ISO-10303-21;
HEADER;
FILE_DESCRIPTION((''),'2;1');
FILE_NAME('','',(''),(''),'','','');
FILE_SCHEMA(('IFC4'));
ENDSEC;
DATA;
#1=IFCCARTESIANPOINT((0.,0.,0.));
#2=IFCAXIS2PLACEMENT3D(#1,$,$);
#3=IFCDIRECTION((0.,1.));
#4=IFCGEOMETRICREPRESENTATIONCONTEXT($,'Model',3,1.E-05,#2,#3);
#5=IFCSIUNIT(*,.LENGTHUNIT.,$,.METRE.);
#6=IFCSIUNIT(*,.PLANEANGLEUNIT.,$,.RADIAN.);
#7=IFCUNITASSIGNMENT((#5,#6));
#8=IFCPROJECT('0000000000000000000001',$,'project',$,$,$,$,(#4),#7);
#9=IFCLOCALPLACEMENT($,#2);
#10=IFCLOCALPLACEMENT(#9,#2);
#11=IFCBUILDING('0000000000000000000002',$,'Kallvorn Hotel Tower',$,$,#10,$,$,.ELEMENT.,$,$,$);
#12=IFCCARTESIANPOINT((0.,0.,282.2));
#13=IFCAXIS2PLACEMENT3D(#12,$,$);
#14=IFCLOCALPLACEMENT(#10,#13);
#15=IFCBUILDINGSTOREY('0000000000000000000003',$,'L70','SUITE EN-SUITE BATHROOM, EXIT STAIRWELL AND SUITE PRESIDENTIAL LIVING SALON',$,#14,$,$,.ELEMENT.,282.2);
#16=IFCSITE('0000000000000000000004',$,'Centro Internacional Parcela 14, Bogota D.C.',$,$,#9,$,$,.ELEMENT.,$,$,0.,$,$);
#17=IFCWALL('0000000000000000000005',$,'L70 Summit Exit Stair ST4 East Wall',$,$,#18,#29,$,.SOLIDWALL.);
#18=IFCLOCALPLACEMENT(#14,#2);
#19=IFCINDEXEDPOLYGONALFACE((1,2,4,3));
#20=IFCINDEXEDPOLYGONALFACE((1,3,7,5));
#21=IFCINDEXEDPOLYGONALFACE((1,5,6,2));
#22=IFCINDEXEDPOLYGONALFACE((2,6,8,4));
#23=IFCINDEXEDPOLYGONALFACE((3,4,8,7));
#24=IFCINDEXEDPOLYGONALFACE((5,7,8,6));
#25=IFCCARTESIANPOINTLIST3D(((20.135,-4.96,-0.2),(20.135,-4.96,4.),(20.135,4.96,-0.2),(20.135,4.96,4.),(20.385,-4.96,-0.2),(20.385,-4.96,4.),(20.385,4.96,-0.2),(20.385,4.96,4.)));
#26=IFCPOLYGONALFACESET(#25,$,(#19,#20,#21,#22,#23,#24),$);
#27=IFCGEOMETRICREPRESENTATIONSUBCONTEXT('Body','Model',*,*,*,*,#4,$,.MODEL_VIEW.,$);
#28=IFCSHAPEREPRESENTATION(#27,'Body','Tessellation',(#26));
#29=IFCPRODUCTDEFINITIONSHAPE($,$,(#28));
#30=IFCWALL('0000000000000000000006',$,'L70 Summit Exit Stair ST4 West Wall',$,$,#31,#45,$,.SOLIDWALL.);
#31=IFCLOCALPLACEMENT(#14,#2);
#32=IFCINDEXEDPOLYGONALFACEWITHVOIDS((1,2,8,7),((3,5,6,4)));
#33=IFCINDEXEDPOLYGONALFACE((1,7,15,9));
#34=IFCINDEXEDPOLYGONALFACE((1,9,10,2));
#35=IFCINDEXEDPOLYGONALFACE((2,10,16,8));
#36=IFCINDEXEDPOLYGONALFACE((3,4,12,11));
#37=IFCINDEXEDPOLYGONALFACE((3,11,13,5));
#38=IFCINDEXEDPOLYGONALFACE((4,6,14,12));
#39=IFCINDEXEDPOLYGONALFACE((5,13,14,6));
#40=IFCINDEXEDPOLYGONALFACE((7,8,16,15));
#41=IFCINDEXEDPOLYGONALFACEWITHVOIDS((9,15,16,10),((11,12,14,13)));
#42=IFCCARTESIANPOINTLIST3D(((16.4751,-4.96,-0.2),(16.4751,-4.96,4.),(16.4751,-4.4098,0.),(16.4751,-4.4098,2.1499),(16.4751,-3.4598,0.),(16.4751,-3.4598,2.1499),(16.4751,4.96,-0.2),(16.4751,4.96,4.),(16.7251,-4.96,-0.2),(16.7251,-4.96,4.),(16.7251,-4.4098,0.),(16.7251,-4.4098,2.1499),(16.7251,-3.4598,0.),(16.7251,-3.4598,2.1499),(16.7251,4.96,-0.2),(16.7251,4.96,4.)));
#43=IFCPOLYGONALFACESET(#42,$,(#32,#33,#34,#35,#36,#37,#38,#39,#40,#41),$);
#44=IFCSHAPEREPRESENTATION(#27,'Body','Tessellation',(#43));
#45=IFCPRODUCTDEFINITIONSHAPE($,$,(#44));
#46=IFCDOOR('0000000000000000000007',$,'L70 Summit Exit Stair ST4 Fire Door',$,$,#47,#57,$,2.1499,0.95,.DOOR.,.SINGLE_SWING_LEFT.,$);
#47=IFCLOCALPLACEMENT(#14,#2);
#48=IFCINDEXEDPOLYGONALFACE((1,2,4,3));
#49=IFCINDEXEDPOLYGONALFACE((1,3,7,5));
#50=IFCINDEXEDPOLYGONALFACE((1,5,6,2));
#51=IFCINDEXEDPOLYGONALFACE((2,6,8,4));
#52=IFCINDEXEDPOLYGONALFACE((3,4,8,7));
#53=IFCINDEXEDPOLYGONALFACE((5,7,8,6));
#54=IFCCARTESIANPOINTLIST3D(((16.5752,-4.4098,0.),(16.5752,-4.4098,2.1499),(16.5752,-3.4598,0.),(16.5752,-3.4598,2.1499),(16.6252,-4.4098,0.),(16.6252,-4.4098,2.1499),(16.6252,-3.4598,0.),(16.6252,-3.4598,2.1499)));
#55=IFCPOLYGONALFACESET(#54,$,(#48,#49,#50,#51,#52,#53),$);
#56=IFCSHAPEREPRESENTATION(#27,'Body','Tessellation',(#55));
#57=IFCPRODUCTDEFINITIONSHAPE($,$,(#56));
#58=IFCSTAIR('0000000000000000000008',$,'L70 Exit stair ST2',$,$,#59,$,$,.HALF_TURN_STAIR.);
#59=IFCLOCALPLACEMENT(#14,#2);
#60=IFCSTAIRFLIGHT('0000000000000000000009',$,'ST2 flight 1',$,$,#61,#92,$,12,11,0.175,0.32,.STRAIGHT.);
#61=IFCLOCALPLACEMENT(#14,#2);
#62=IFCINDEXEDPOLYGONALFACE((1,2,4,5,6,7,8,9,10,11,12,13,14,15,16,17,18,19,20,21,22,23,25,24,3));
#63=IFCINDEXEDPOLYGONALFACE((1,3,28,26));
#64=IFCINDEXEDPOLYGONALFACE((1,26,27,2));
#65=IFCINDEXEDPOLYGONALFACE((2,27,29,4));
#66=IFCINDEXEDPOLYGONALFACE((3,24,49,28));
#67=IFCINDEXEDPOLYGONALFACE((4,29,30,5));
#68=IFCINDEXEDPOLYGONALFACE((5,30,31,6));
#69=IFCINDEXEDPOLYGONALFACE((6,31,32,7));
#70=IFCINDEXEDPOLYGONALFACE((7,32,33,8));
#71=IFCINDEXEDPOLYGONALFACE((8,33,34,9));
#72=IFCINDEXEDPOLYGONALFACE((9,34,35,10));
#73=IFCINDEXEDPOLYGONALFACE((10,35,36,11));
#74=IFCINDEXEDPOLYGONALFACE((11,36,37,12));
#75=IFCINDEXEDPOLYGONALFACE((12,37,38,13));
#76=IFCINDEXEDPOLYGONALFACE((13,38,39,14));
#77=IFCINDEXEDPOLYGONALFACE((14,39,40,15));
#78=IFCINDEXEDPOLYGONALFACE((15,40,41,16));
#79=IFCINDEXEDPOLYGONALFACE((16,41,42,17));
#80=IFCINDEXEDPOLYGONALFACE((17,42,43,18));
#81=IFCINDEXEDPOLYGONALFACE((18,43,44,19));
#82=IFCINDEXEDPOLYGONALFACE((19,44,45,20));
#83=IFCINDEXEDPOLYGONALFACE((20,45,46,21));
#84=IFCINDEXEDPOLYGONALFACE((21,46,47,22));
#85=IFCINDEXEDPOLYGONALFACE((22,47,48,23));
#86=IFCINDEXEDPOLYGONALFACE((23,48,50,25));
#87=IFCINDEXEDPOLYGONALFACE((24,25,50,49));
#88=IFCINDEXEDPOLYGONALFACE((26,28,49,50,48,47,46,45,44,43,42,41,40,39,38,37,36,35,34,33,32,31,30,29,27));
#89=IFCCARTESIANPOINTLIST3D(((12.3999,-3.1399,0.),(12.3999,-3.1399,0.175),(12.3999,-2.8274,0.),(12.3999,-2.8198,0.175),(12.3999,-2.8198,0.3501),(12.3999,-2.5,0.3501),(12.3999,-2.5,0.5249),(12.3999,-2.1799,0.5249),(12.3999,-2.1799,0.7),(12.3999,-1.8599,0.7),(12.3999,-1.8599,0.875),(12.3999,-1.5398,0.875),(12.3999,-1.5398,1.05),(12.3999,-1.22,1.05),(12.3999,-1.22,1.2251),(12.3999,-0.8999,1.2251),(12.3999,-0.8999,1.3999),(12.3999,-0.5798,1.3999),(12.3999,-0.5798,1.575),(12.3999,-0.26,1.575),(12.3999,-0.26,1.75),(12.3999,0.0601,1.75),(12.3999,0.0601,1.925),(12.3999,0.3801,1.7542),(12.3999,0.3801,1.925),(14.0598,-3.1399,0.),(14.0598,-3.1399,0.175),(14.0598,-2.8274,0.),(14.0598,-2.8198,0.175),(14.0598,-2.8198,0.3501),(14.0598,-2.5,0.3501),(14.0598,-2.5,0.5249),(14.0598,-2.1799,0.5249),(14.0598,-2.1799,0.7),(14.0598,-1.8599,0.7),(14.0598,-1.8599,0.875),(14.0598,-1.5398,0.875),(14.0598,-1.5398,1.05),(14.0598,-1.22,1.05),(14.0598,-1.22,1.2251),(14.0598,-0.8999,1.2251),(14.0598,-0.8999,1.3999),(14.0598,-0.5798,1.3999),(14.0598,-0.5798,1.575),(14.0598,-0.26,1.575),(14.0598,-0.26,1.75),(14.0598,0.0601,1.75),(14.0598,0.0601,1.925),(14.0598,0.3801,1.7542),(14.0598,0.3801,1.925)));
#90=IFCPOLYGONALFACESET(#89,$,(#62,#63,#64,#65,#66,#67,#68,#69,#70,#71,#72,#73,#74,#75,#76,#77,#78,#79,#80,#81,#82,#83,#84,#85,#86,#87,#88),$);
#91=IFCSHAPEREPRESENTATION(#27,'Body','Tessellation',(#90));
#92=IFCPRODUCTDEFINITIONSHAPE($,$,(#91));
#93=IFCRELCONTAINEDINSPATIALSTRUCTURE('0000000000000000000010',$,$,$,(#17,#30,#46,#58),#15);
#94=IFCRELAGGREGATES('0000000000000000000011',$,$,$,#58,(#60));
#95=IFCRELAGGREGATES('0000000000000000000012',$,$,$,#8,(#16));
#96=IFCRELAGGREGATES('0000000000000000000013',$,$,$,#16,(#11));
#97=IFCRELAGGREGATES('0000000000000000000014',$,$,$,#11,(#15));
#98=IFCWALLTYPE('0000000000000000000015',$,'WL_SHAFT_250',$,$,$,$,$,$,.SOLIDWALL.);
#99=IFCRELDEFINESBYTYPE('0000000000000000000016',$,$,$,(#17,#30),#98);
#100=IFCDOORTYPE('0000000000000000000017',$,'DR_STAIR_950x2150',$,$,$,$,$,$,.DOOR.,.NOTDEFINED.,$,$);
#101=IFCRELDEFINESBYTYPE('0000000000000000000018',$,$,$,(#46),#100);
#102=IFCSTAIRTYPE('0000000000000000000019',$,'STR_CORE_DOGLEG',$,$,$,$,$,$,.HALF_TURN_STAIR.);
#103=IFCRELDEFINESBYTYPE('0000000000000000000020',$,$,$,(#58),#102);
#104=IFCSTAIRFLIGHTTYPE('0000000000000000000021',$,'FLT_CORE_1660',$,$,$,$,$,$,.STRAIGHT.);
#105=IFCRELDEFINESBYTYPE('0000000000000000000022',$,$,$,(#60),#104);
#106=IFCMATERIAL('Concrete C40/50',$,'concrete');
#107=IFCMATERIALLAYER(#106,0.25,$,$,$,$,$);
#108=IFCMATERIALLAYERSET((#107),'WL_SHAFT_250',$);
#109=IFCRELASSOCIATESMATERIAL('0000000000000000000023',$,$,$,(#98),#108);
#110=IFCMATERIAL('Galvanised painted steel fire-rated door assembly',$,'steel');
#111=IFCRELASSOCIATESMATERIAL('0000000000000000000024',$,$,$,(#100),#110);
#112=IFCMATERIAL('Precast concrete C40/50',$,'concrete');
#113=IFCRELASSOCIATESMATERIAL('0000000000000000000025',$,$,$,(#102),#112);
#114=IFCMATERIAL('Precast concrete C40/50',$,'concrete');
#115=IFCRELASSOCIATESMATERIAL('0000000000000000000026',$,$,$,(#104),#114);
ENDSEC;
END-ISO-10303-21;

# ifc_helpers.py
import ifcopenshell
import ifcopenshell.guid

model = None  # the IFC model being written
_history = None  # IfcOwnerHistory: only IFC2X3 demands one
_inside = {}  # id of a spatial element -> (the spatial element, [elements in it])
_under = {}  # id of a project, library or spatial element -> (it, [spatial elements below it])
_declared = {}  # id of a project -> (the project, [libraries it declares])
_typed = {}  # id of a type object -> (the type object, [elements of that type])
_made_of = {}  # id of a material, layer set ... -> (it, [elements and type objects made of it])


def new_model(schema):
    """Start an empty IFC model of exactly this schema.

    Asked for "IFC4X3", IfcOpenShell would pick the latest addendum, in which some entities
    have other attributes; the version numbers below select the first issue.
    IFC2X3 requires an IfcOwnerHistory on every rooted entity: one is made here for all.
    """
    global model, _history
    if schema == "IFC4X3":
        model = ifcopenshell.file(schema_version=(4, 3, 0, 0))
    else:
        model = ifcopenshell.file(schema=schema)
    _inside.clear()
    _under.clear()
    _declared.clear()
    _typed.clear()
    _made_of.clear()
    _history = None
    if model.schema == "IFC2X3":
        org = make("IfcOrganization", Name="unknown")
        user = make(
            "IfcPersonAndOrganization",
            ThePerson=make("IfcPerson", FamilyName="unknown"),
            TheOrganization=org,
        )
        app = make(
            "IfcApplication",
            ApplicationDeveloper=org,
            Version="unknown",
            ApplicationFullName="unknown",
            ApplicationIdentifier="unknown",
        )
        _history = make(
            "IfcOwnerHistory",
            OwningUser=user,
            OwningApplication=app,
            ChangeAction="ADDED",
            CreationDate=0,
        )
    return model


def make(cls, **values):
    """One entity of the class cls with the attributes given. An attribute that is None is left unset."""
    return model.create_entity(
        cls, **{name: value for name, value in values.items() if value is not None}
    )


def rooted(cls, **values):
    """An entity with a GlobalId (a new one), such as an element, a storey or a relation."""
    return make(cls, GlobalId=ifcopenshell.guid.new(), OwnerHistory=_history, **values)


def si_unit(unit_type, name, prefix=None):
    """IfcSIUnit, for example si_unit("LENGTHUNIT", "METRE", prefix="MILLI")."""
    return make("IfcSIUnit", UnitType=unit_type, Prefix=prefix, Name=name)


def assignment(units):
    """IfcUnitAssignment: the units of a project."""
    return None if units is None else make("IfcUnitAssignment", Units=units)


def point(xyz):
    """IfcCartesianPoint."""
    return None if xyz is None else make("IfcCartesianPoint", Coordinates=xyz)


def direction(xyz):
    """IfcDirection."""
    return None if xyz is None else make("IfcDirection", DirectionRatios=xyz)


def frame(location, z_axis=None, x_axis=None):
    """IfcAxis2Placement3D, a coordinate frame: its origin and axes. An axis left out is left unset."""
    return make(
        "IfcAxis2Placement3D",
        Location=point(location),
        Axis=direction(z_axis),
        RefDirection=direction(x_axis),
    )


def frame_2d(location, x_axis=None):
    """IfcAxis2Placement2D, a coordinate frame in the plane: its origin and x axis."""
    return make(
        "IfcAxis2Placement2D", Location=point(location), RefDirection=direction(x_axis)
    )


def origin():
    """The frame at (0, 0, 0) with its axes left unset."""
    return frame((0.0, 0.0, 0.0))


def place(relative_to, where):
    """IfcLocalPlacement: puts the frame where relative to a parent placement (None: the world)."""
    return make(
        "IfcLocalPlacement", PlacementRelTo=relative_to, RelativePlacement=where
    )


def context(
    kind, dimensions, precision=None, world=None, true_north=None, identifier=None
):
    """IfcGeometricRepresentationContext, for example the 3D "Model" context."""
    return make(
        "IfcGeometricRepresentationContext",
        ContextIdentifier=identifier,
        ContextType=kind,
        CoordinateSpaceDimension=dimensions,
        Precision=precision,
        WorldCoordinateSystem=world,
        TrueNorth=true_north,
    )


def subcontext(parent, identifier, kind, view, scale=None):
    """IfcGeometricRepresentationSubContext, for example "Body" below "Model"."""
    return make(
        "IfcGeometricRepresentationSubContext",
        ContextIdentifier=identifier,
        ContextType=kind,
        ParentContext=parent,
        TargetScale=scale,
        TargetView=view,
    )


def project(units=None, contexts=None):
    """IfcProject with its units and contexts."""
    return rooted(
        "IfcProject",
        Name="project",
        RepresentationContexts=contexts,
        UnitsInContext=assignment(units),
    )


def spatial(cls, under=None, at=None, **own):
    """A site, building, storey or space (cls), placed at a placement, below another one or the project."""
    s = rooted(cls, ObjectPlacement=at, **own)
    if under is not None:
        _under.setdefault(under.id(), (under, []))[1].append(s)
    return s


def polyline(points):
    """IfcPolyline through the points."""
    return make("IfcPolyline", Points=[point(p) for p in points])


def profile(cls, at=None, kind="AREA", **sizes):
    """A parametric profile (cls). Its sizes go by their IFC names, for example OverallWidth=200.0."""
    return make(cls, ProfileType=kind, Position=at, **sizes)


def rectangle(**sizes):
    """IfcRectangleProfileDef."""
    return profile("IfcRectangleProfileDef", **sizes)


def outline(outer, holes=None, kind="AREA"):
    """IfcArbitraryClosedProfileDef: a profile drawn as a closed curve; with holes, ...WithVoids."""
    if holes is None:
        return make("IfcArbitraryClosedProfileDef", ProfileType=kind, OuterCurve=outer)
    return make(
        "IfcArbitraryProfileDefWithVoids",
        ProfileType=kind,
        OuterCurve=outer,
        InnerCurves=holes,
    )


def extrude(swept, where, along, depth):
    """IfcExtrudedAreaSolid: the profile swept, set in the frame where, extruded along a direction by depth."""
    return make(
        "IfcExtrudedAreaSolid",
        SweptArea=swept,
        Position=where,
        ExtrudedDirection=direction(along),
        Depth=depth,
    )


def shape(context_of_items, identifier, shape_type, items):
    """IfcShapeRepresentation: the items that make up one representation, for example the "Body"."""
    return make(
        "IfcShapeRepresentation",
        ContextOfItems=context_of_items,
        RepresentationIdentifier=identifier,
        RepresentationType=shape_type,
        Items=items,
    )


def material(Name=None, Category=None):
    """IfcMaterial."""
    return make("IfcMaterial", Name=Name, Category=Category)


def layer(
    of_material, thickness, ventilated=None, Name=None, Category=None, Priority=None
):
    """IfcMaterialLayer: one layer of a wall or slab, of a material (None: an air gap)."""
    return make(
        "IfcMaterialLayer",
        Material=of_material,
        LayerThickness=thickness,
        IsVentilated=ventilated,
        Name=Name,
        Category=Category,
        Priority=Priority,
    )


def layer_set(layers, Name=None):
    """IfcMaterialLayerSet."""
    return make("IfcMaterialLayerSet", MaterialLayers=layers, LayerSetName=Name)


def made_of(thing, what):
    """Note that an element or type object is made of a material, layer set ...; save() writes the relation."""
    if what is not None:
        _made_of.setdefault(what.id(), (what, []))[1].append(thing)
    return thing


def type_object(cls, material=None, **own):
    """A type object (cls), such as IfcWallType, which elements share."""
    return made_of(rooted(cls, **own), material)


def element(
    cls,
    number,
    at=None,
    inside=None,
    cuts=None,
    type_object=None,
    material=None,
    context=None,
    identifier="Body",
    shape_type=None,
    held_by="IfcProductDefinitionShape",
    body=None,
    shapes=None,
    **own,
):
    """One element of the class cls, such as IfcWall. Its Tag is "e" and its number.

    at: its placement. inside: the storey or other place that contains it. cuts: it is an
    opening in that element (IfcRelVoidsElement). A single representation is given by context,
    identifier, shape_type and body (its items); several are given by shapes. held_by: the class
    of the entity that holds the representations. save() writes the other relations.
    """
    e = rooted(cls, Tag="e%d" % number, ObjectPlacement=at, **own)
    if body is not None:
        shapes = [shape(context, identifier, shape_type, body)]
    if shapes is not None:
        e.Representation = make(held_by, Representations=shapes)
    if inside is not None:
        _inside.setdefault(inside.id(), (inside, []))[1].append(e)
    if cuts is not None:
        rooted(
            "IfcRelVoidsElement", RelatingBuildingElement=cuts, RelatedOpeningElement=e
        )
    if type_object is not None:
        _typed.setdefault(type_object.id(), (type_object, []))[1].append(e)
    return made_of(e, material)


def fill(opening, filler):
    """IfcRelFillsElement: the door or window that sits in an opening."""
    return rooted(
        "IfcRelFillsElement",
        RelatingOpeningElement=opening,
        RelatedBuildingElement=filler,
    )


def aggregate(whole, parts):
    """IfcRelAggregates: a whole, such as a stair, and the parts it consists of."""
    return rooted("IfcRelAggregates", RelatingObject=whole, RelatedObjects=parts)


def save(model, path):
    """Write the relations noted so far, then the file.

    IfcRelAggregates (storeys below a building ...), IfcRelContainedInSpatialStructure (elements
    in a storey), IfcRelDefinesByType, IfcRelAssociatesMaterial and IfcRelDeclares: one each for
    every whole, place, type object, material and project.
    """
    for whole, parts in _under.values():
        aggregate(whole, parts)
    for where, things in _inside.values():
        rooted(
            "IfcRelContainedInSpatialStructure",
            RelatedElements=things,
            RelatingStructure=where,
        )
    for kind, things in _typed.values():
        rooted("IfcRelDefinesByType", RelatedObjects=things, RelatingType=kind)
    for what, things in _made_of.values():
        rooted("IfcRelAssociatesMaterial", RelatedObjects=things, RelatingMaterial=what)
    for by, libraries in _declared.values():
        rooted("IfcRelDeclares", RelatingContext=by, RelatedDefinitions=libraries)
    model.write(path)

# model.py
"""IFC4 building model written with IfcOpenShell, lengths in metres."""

from ifc_helpers import new_model, si_unit, direction, frame, frame_2d, origin, place, context, subcontext, project, spatial, polyline, rectangle, outline, extrude, material, layer, layer_set, type_object, element, fill, aggregate, save


model = new_model("IFC4")

# Units and contexts
model_context = context("Model", 3, precision=1e-05, world=origin(), true_north=direction((0.0, 1.0)))
body_context = subcontext(model_context, "Body", "Model", "MODEL_VIEW")
ifc_project = project(units=[si_unit("LENGTHUNIT", "METRE"), si_unit("PLANEANGLEUNIT", "RADIAN")], contexts=[model_context])

# Site, building, storey
site_placement = place(None, origin())
site = spatial("IfcSite", under=ifc_project, at=site_placement, Name="Centro Internacional Parcela 14, Bogota D.C.", CompositionType="ELEMENT", RefElevation=0.0)
building_placement = place(site_placement, origin())
building = spatial("IfcBuilding", under=site, at=building_placement, Name="Kallvorn Hotel Tower", CompositionType="ELEMENT")
storey_placement = place(building_placement, frame((0.0, 0.0, 282.2)))
storey = spatial("IfcBuildingStorey", under=building, at=storey_placement, Name="L70", Description="SUITE EN-SUITE BATHROOM, EXIT STAIRWELL AND SUITE PRESIDENTIAL LIVING SALON", CompositionType="ELEMENT", Elevation=282.2)

# Wall
ifc_material_1 = material(Name="Concrete C40/50", Category="concrete")
ifc_layer_1 = layer(ifc_material_1, 0.25)
ifc_layer_set_1 = layer_set([ifc_layer_1], Name="WL_SHAFT_250")
wall_type_1 = type_object("IfcWallType", Name="WL_SHAFT_250", PredefinedType="SOLIDWALL", material=ifc_layer_set_1)
wall_1_placement = place(storey_placement, frame((20.26, -4.96, -0.2), z_axis=(0.0, 0.0, 1.0), x_axis=(0.0, 1.0, 0.0)))
element("IfcWall", 1, at=wall_1_placement, inside=storey, type_object=wall_type_1, Name="L70 Summit Exit Stair ST4 East Wall", PredefinedType="SOLIDWALL", context=body_context, shape_type="SweptSolid", body=[
    extrude(rectangle(XDim=9.9199, YDim=0.25, at=frame_2d((4.96, 0.0))), origin(), (0.0, 0.0, 1.0), 4.2),
])

# Wall, opening, door
wall_2_placement = place(storey_placement, frame((16.6001, -4.96, -0.2), z_axis=(0.0, 0.0, 1.0), x_axis=(0.0, 1.0, 0.0)))
wall_2 = element("IfcWall", 2, at=wall_2_placement, inside=storey, type_object=wall_type_1, Name="L70 Summit Exit Stair ST4 West Wall", PredefinedType="SOLIDWALL", context=body_context, shape_type="SweptSolid", body=[
    extrude(rectangle(XDim=9.9199, YDim=0.25, at=frame_2d((4.96, 0.0))), origin(), (0.0, 0.0, 1.0), 4.2),
])
opening_placement = place(wall_2_placement, frame((0.55, 0.0, 0.2)))
opening = element("IfcOpeningElement", 3, at=opening_placement, cuts=wall_2, PredefinedType="OPENING", context=body_context, shape_type="SweptSolid", body=[
    extrude(rectangle(XDim=0.95, YDim=2.1499, at=frame_2d((0.4751, 1.075))), frame((0.0, 0.1399, 0.0), z_axis=(0.0, -1.0, 0.0), x_axis=(1.0, 0.0, 0.0)), (0.0, 0.0, 1.0), 0.28),
])
ifc_material_2 = material(Name="Galvanised painted steel fire-rated door assembly", Category="steel")
door_type = type_object("IfcDoorType", Name="DR_STAIR_950x2150", OperationType="NOTDEFINED", PredefinedType="DOOR", material=ifc_material_2)
door_placement = place(opening_placement, origin())
door = element("IfcDoor", 4, at=door_placement, inside=storey, type_object=door_type, Name="L70 Summit Exit Stair ST4 Fire Door", OperationType="SINGLE_SWING_LEFT", OverallHeight=2.1499, OverallWidth=0.95, PredefinedType="DOOR", context=body_context, shape_type="SweptSolid", body=[
    extrude(rectangle(XDim=0.95, YDim=2.1499, at=frame_2d((0.4751, 1.075))), frame((0.0, 0.0249, 0.0), z_axis=(0.0, -1.0, 0.0), x_axis=(1.0, 0.0, 0.0)), (0.0, 0.0, 1.0), 0.05),
])
fill(opening, door)

# Stair, stair flight
ifc_material_3 = material(Name="Precast concrete C40/50", Category="concrete")
stair_type = type_object("IfcStairType", Name="STR_CORE_DOGLEG", PredefinedType="HALF_TURN_STAIR", material=ifc_material_3)
stair_placement = place(storey_placement, origin())
stair = element("IfcStair", 5, at=stair_placement, inside=storey, type_object=stair_type, Name="L70 Exit stair ST2", PredefinedType="HALF_TURN_STAIR")
ifc_material_4 = material(Name="Precast concrete C40/50", Category="concrete")
stair_flight_type = type_object("IfcStairFlightType", Name="FLT_CORE_1660", PredefinedType="STRAIGHT", material=ifc_material_4)
stair_flight_placement = place(storey_placement, frame((13.23, -3.1399, 0.0), z_axis=(0.0, 0.0, 1.0), x_axis=(0.0, 1.0, 0.0)))
stair_flight = element("IfcStairFlight", 6, at=stair_flight_placement, type_object=stair_flight_type, Name="ST2 flight 1", NumberOfRisers=12, NumberOfTreads=11, PredefinedType="STRAIGHT", RiserHeight=0.175, TreadLength=0.32, context=body_context, shape_type="SweptSolid", body=[
    extrude(outline(polyline([(0.0, 0.0), (0.0, 0.175), (0.3201, 0.175), (0.3201, 0.3501), (0.6399, 0.3501), (0.6399, 0.5249), (0.96, 0.5249), (0.96, 0.7), (1.28, 0.7), (1.28, 0.875), (1.6001, 0.875), (1.6001, 1.05), (1.9199, 1.05), (1.9199, 1.2251), (2.24, 1.2251), (2.24, 1.3999), (2.5601, 1.3999), (2.5601, 1.575), (2.8799, 1.575), (2.8799, 1.75), (3.2, 1.75), (3.2, 1.925), (3.52, 1.925), (3.52, 2.1001), (3.52, 1.7542), (0.3125, 0.0), (0.0, 0.0)])), frame((0.0, 0.8301, 0.0), z_axis=(0.0, -1.0, 0.0), x_axis=(1.0, 0.0, 0.0)), (0.0, 0.0, 1.0), 1.6599),
])
aggregate(stair, [stair_flight])

save(model, "model.ifc")
